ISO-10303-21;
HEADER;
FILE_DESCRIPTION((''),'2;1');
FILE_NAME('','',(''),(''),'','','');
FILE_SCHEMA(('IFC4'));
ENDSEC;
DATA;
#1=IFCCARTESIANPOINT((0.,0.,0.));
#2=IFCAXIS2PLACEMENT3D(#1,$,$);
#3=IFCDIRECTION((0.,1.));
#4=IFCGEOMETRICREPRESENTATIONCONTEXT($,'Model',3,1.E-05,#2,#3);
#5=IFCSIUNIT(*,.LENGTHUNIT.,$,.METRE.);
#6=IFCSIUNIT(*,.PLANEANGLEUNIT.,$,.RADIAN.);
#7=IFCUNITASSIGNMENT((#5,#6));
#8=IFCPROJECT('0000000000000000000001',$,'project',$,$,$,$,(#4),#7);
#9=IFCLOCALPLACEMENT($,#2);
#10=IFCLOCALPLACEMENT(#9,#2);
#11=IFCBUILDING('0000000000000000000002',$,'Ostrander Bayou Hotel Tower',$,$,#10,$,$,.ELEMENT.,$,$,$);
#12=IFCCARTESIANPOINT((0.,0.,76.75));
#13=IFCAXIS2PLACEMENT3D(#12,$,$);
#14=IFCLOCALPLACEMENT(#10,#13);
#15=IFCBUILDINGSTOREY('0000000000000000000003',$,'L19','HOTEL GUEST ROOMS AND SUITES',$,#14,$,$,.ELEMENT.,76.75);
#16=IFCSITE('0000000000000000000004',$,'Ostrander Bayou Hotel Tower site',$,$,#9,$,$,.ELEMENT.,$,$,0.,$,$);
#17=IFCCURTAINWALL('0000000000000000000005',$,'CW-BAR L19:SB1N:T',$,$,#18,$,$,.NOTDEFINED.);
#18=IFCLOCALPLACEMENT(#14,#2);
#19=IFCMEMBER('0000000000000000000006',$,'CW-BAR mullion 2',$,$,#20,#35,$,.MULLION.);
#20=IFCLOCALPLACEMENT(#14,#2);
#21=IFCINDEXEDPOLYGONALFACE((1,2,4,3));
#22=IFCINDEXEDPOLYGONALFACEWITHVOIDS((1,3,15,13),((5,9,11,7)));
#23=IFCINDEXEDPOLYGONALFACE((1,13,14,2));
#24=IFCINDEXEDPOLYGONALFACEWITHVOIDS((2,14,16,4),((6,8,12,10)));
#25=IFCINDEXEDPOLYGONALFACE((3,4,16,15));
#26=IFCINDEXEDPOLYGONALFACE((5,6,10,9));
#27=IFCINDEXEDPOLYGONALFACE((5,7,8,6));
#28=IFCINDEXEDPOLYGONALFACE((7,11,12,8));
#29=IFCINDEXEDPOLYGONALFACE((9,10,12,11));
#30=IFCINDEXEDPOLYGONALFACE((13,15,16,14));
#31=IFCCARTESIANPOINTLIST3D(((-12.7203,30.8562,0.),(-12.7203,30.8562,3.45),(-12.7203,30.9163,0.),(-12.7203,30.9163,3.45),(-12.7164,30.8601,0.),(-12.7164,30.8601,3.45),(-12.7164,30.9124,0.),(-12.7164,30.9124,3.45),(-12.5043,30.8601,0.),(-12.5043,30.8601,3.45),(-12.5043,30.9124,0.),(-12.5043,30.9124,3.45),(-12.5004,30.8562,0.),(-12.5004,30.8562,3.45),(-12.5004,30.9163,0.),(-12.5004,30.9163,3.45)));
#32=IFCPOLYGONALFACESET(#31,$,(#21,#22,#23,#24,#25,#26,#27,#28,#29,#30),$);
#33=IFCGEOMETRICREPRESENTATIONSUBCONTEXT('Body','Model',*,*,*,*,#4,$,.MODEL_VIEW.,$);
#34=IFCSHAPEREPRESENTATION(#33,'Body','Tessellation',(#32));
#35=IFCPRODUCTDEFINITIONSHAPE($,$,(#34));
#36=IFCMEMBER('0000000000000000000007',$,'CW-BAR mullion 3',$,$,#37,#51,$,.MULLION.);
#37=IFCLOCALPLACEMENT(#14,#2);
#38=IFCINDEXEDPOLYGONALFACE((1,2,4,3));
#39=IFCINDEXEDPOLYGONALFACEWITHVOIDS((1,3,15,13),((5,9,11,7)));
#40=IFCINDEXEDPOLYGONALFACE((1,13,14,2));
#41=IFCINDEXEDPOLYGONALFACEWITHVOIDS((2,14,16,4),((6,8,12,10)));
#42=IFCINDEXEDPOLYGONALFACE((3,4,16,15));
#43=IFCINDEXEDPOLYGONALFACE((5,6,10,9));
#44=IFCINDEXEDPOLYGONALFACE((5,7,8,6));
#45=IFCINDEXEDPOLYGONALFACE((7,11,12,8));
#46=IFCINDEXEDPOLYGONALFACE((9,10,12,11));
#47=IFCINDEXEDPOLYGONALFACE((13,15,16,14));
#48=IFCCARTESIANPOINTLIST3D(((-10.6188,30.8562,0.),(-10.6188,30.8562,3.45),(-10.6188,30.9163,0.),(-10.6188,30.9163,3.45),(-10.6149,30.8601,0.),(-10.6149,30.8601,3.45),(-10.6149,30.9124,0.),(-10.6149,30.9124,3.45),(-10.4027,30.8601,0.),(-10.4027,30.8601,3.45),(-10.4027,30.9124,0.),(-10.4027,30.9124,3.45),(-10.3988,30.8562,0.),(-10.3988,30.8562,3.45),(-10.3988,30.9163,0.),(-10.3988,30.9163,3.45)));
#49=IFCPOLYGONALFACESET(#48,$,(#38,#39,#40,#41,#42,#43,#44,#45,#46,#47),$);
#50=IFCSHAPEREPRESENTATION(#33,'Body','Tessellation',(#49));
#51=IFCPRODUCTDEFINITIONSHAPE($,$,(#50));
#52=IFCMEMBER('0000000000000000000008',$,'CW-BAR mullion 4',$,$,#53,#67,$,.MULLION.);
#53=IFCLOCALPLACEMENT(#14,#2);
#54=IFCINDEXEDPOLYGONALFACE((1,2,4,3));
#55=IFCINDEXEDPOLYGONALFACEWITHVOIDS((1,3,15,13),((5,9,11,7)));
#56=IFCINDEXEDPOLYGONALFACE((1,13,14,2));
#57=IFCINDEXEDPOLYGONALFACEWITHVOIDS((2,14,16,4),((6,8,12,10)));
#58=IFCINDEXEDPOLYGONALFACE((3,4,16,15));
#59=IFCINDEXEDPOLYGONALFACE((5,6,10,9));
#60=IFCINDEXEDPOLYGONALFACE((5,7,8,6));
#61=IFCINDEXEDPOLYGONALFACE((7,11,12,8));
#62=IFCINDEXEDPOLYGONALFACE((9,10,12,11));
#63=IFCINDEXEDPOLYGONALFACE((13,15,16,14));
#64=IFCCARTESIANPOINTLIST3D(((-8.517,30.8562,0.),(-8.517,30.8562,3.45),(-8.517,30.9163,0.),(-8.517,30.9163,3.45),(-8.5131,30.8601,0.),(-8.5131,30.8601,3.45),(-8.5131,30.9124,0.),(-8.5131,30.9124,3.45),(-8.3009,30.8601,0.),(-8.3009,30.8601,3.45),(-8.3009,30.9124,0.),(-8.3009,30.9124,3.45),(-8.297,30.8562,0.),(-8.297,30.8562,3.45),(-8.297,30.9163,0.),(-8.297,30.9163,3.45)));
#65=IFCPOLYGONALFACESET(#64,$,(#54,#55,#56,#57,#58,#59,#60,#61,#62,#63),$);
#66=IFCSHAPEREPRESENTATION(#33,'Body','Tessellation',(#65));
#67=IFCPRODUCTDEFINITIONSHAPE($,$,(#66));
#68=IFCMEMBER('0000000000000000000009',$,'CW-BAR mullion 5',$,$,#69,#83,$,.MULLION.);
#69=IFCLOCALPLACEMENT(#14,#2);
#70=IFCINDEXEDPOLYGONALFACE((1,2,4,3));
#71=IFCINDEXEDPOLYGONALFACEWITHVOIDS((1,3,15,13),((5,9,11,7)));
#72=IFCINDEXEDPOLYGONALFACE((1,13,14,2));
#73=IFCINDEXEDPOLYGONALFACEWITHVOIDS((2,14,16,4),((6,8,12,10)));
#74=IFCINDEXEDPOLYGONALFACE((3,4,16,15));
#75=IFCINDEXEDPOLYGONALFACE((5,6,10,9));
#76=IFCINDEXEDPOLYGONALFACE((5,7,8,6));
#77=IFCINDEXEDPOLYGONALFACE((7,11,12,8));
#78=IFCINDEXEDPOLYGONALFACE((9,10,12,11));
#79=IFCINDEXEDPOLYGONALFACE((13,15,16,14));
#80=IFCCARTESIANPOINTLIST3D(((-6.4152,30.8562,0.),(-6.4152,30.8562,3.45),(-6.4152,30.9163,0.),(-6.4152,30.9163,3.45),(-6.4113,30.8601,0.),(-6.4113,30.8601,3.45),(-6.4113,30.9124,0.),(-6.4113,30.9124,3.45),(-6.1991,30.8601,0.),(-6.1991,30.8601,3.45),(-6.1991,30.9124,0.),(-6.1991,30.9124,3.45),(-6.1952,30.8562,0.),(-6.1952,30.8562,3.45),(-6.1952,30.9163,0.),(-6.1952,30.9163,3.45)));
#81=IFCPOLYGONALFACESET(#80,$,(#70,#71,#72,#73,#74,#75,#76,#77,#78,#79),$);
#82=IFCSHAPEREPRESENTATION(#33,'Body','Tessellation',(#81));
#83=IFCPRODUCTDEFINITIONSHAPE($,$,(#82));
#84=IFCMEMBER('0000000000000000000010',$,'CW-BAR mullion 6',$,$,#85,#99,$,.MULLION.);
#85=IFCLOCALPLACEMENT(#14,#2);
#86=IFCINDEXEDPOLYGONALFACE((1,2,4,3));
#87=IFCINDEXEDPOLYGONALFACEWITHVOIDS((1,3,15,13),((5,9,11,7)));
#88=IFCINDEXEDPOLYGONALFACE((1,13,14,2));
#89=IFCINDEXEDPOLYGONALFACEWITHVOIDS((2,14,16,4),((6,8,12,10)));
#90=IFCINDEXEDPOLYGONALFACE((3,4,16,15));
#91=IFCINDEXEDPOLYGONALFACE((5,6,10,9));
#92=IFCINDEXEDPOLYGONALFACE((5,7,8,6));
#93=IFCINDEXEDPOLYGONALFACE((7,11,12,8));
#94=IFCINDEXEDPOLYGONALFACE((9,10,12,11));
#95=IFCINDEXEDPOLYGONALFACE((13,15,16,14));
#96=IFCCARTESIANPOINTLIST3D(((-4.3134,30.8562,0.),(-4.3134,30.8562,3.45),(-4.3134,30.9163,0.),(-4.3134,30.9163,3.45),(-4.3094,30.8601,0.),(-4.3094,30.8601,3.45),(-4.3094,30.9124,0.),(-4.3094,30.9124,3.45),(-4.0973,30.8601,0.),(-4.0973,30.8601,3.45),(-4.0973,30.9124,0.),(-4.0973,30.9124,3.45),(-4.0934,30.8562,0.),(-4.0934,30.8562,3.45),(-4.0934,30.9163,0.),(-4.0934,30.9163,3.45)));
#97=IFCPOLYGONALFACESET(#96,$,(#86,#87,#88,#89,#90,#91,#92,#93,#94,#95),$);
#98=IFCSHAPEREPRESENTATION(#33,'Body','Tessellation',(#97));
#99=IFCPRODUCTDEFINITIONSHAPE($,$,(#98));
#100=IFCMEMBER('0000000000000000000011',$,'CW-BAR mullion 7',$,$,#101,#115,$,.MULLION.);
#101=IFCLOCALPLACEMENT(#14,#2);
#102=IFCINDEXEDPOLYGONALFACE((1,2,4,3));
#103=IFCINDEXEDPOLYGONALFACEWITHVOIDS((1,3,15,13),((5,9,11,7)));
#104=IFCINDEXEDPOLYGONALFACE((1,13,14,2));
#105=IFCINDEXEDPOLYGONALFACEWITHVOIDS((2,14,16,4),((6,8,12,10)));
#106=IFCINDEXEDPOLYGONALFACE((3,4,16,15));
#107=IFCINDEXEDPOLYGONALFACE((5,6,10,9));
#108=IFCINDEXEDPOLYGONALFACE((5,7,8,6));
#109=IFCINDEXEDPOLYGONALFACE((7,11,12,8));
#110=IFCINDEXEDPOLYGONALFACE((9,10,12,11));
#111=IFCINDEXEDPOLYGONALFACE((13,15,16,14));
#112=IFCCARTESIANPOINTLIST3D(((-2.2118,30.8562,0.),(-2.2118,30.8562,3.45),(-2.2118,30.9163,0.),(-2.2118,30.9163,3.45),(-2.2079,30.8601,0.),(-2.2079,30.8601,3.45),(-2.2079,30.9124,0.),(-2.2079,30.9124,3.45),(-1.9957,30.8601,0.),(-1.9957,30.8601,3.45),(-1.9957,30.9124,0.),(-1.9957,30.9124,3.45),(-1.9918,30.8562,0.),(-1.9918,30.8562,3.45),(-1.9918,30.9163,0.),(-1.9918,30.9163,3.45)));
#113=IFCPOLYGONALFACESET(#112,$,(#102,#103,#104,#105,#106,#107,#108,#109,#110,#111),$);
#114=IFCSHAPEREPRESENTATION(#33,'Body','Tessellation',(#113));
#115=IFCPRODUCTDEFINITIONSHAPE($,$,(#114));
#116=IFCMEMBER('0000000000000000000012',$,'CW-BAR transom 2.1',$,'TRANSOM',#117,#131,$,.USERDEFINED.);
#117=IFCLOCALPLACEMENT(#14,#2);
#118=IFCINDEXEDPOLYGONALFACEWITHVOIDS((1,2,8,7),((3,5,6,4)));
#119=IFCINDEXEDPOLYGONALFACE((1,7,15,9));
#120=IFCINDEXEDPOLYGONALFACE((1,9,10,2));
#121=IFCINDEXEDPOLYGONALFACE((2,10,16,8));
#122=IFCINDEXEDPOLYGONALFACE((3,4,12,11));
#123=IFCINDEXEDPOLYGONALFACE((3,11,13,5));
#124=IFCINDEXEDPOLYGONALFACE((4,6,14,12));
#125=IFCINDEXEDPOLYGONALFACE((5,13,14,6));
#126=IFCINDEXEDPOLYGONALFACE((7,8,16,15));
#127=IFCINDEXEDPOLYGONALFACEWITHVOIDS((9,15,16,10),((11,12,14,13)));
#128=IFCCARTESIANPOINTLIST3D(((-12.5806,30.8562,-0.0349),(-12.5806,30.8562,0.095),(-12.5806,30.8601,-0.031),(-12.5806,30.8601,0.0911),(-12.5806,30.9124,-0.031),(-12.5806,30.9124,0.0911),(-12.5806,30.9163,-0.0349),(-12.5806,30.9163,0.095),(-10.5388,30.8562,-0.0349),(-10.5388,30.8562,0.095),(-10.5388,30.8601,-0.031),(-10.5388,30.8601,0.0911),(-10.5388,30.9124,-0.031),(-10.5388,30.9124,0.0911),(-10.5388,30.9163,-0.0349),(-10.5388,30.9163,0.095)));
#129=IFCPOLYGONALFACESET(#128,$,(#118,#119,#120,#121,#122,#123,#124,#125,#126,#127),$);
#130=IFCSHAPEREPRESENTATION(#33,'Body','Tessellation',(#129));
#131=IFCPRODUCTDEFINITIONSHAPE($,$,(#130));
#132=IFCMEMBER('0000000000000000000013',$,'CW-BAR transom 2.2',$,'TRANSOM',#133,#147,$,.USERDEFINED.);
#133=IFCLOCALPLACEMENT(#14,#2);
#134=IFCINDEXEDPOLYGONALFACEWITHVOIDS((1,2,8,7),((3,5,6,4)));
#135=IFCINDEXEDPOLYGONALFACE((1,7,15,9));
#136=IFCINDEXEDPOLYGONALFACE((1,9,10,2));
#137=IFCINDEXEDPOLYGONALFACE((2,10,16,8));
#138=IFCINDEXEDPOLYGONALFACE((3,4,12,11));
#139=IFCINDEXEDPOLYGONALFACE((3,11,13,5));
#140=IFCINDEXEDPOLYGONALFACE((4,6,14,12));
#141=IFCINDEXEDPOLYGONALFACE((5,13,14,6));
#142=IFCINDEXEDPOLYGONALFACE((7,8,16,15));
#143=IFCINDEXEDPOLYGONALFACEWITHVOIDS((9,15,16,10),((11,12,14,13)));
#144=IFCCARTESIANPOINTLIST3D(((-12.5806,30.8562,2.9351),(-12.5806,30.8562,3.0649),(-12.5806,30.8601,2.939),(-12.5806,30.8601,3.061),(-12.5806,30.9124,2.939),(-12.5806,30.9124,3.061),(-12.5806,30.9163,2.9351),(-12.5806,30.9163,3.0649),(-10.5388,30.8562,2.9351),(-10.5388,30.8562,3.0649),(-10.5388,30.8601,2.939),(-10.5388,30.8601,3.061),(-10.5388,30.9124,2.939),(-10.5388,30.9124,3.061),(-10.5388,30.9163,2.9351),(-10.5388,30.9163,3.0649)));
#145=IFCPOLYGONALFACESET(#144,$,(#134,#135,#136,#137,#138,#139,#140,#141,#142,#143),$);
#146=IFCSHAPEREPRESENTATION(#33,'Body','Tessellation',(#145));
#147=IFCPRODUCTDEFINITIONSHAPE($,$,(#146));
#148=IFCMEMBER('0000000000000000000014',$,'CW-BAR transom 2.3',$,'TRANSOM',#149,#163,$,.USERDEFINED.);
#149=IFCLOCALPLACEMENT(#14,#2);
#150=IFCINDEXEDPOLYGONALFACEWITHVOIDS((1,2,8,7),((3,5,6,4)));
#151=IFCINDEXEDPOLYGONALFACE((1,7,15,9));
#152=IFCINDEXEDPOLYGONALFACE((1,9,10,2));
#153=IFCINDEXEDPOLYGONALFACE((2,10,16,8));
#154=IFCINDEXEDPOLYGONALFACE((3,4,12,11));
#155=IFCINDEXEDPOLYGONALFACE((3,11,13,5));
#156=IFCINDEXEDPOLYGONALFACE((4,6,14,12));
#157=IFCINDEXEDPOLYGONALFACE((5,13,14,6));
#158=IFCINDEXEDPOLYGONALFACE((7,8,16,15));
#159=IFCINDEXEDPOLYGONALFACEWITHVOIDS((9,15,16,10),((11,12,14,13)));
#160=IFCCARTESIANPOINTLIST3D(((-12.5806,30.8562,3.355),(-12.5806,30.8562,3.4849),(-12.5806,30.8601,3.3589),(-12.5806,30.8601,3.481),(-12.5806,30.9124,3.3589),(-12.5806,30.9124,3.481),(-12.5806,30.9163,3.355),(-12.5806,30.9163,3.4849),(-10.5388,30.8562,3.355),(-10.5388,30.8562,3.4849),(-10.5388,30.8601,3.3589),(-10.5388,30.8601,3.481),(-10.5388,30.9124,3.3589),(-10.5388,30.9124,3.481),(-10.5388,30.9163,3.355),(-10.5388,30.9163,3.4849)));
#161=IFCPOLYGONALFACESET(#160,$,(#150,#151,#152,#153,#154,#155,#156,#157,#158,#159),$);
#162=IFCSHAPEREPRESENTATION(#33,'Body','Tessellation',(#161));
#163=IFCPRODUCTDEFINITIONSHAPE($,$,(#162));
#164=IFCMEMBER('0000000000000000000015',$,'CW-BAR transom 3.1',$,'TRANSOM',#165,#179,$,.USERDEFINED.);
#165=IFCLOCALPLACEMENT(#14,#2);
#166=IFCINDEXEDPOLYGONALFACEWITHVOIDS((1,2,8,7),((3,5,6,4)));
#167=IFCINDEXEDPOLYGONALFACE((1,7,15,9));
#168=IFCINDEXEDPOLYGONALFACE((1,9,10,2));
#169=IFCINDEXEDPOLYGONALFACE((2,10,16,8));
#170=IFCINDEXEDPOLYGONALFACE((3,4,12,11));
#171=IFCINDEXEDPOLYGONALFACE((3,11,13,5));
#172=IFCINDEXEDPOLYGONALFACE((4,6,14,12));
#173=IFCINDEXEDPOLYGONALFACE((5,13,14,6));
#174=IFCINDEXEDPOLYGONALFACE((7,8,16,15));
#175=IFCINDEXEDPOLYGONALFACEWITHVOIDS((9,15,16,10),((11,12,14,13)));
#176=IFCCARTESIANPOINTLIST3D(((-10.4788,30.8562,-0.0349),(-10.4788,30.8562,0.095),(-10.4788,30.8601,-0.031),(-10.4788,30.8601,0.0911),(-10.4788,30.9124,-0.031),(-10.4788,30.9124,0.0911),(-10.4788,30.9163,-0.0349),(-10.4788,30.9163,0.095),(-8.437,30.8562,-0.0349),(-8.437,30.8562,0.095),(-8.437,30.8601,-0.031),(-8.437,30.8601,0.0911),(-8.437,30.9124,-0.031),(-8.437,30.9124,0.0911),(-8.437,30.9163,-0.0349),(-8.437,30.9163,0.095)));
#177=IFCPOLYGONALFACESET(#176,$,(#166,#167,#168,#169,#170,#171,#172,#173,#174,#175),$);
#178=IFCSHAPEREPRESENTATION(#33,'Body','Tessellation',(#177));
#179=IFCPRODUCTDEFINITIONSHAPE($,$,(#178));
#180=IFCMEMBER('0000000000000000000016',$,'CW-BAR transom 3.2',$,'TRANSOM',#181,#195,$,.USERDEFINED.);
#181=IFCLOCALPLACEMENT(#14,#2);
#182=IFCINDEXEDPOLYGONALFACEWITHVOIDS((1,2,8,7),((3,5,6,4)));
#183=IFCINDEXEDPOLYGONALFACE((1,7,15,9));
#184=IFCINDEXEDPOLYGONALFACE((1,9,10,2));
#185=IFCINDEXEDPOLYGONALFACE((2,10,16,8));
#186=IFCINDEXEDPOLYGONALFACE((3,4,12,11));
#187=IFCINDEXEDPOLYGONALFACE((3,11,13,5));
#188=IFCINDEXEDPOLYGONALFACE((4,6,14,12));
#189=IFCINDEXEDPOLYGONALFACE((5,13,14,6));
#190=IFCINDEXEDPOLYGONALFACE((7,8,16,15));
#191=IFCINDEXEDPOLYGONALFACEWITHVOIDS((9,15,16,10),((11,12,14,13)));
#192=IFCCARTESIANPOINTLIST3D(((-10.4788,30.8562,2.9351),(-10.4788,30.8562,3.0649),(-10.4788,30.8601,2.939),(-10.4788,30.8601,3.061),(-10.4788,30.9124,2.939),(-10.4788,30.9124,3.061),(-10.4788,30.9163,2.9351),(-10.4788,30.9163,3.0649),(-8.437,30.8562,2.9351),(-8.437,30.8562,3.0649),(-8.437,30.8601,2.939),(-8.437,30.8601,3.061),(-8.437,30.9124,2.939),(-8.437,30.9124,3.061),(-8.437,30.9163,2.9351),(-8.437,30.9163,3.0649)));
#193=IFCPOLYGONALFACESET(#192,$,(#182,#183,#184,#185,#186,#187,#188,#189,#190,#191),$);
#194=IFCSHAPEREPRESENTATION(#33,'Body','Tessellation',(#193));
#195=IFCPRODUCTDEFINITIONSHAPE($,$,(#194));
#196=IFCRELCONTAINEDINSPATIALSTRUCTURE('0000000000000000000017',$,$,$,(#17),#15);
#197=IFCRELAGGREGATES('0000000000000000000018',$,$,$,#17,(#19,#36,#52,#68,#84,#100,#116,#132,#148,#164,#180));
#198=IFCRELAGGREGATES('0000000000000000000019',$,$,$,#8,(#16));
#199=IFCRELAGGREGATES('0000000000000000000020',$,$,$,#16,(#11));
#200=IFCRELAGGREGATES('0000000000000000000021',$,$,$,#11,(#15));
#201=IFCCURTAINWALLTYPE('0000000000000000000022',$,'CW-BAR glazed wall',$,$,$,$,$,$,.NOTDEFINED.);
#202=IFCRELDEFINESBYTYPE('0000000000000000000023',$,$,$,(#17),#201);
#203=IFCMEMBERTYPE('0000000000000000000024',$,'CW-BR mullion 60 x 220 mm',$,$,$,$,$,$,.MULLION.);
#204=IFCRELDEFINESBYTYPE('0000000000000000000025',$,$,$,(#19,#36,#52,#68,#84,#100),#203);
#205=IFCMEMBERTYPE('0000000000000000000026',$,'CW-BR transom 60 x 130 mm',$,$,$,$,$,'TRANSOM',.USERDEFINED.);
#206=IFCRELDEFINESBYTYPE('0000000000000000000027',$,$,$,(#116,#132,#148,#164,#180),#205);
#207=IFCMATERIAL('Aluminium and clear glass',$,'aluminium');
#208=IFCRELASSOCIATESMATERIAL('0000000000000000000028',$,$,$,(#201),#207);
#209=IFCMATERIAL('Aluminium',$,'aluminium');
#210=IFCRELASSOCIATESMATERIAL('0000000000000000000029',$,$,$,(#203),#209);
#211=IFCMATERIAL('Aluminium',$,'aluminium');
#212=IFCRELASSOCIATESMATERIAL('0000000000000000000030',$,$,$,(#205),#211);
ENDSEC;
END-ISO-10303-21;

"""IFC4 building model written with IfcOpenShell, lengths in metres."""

from ifc_helpers import new_model, si_unit, direction, frame, origin, origin_2d, place, context, subcontext, project, spatial, hollow_rectangle, extrude, material, material_profile, profile_set, type_object, element, aggregate, save


model = new_model("IFC4")

# Units and contexts
model_context = context("Model", 3, precision=1e-05, world=origin(), true_north=direction((0.0, 1.0)))
body_context = subcontext(model_context, "Body", "Model", "MODEL_VIEW")
ifc_project = project(units=[si_unit("LENGTHUNIT", "METRE"), si_unit("PLANEANGLEUNIT", "RADIAN")], contexts=[model_context])

# Site, building, storey
site_placement = place(None, origin())
site = spatial("IfcSite", under=ifc_project, at=site_placement, Name="Ostrander Bayou Hotel Tower site", CompositionType="ELEMENT", RefElevation=0.0)
building_placement = place(site_placement, origin())
building = spatial("IfcBuilding", under=site, at=building_placement, Name="Ostrander Bayou Hotel Tower", CompositionType="ELEMENT")
storey_placement = place(building_placement, frame((0.0, 0.0, 76.75)))
storey = spatial("IfcBuildingStorey", under=building, at=storey_placement, Name="L19", Description="HOTEL GUEST ROOMS AND SUITES", CompositionType="ELEMENT", Elevation=76.75)

# Curtain wall, members
ifc_material_1 = material(Name="Aluminium and clear glass", Category="aluminium")
curtain_wall_type = type_object("IfcCurtainWallType", Name="CW-BAR glazed wall", PredefinedType="NOTDEFINED", material=ifc_material_1)
curtain_wall_placement = place(storey_placement, origin())
curtain_wall = element("IfcCurtainWall", 1, at=curtain_wall_placement, inside=storey, type_object=curtain_wall_type, Name="CW-BAR L19:SB1N:T", PredefinedType="NOTDEFINED")
ifc_material_2 = material(Name="Aluminium", Category="aluminium")
ifc_material_profile_1 = material_profile(ifc_material_2, hollow_rectangle(XDim=0.0601, YDim=0.22, WallThickness=0.0039, at=origin_2d()))
ifc_profile_set_1 = profile_set([ifc_material_profile_1], Name="Aluminium")
member_type_1 = type_object("IfcMemberType", Name="CW-BR mullion 60 x 220 mm", PredefinedType="MULLION", material=ifc_profile_set_1)
member_1_placement = place(storey_placement, frame((-12.6104, 30.8862, 0.0), z_axis=(0.0, 0.0, 1.0), x_axis=(0.0, 1.0, 0.0)))
member_1 = element("IfcMember", 2, at=member_1_placement, type_object=member_type_1, Name="CW-BAR mullion 2", PredefinedType="MULLION", context=body_context, shape_type="SweptSolid", body=[
    extrude(hollow_rectangle(XDim=0.0601, YDim=0.22, WallThickness=0.0039, at=origin_2d()), origin(), (0.0, 0.0, 1.0), 3.45),
])
member_2_placement = place(storey_placement, frame((-10.5088, 30.8862, 0.0), z_axis=(0.0, 0.0, 1.0), x_axis=(0.0, 1.0, 0.0)))
member_2 = element("IfcMember", 3, at=member_2_placement, type_object=member_type_1, Name="CW-BAR mullion 3", PredefinedType="MULLION", context=body_context, shape_type="SweptSolid", body=[
    extrude(hollow_rectangle(XDim=0.0601, YDim=0.22, WallThickness=0.0039, at=origin_2d()), origin(), (0.0, 0.0, 1.0), 3.45),
])
member_3_placement = place(storey_placement, frame((-8.407, 30.8862, 0.0), z_axis=(0.0, 0.0, 1.0), x_axis=(0.0, 1.0, 0.0)))
member_3 = element("IfcMember", 4, at=member_3_placement, type_object=member_type_1, Name="CW-BAR mullion 4", PredefinedType="MULLION", context=body_context, shape_type="SweptSolid", body=[
    extrude(hollow_rectangle(XDim=0.0601, YDim=0.22, WallThickness=0.0039, at=origin_2d()), origin(), (0.0, 0.0, 1.0), 3.45),
])
member_4_placement = place(storey_placement, frame((-6.3052, 30.8862, 0.0), z_axis=(0.0, 0.0, 1.0), x_axis=(0.0, 1.0, 0.0)))
member_4 = element("IfcMember", 5, at=member_4_placement, type_object=member_type_1, Name="CW-BAR mullion 5", PredefinedType="MULLION", context=body_context, shape_type="SweptSolid", body=[
    extrude(hollow_rectangle(XDim=0.0601, YDim=0.22, WallThickness=0.0039, at=origin_2d()), origin(), (0.0, 0.0, 1.0), 3.45),
])
member_5_placement = place(storey_placement, frame((-4.2034, 30.8862, 0.0), z_axis=(0.0, 0.0, 1.0), x_axis=(0.0, 1.0, 0.0)))
member_5 = element("IfcMember", 6, at=member_5_placement, type_object=member_type_1, Name="CW-BAR mullion 6", PredefinedType="MULLION", context=body_context, shape_type="SweptSolid", body=[
    extrude(hollow_rectangle(XDim=0.0601, YDim=0.22, WallThickness=0.0039, at=origin_2d()), origin(), (0.0, 0.0, 1.0), 3.45),
])
member_6_placement = place(storey_placement, frame((-2.1018, 30.8862, 0.0), z_axis=(0.0, 0.0, 1.0), x_axis=(0.0, 1.0, 0.0)))
member_6 = element("IfcMember", 7, at=member_6_placement, type_object=member_type_1, Name="CW-BAR mullion 7", PredefinedType="MULLION", context=body_context, shape_type="SweptSolid", body=[
    extrude(hollow_rectangle(XDim=0.0601, YDim=0.22, WallThickness=0.0039, at=origin_2d()), origin(), (0.0, 0.0, 1.0), 3.45),
])
ifc_material_3 = material(Name="Aluminium", Category="aluminium")
ifc_material_profile_2 = material_profile(ifc_material_3, hollow_rectangle(XDim=0.0601, YDim=0.1299, WallThickness=0.0039, at=origin_2d()))
ifc_profile_set_2 = profile_set([ifc_material_profile_2], Name="Aluminium")
member_type_2 = type_object("IfcMemberType", Name="CW-BR transom 60 x 130 mm", ElementType="TRANSOM", PredefinedType="USERDEFINED", material=ifc_profile_set_2)
member_7_placement = place(storey_placement, frame((-12.5806, 30.8862, 0.03), z_axis=(1.0, 0.0, 0.0), x_axis=(0.0, 1.0, 0.0)))
member_7 = element("IfcMember", 8, at=member_7_placement, type_object=member_type_2, Name="CW-BAR transom 2.1", ObjectType="TRANSOM", PredefinedType="USERDEFINED", context=body_context, shape_type="SweptSolid", body=[
    extrude(hollow_rectangle(XDim=0.0601, YDim=0.1299, WallThickness=0.0039, at=origin_2d()), origin(), (0.0, 0.0, 1.0), 2.0417),
])
member_8_placement = place(storey_placement, frame((-12.5806, 30.8862, 3.0), z_axis=(1.0, 0.0, 0.0), x_axis=(0.0, 1.0, 0.0)))
member_8 = element("IfcMember", 9, at=member_8_placement, type_object=member_type_2, Name="CW-BAR transom 2.2", ObjectType="TRANSOM", PredefinedType="USERDEFINED", context=body_context, shape_type="SweptSolid", body=[
    extrude(hollow_rectangle(XDim=0.0601, YDim=0.1299, WallThickness=0.0039, at=origin_2d()), origin(), (0.0, 0.0, 1.0), 2.0417),
])
member_9_placement = place(storey_placement, frame((-12.5806, 30.8862, 3.4199), z_axis=(1.0, 0.0, 0.0), x_axis=(0.0, 1.0, 0.0)))
member_9 = element("IfcMember", 10, at=member_9_placement, type_object=member_type_2, Name="CW-BAR transom 2.3", ObjectType="TRANSOM", PredefinedType="USERDEFINED", context=body_context, shape_type="SweptSolid", body=[
    extrude(hollow_rectangle(XDim=0.0601, YDim=0.1299, WallThickness=0.0039, at=origin_2d()), origin(), (0.0, 0.0, 1.0), 2.0417),
])
member_10_placement = place(storey_placement, frame((-10.4788, 30.8862, 0.03), z_axis=(1.0, 0.0, 0.0), x_axis=(0.0, 1.0, 0.0)))
member_10 = element("IfcMember", 11, at=member_10_placement, type_object=member_type_2, Name="CW-BAR transom 3.1", ObjectType="TRANSOM", PredefinedType="USERDEFINED", context=body_context, shape_type="SweptSolid", body=[
    extrude(hollow_rectangle(XDim=0.0601, YDim=0.1299, WallThickness=0.0039, at=origin_2d()), origin(), (0.0, 0.0, 1.0), 2.0417),
])
member_11_placement = place(storey_placement, frame((-10.4788, 30.8862, 3.0), z_axis=(1.0, 0.0, 0.0), x_axis=(0.0, 1.0, 0.0)))
member_11 = element("IfcMember", 12, at=member_11_placement, type_object=member_type_2, Name="CW-BAR transom 3.2", ObjectType="TRANSOM", PredefinedType="USERDEFINED", context=body_context, shape_type="SweptSolid", body=[
    extrude(hollow_rectangle(XDim=0.0601, YDim=0.1299, WallThickness=0.0039, at=origin_2d()), origin(), (0.0, 0.0, 1.0), 2.0417),
])
aggregate(curtain_wall, [member_1, member_2, member_3, member_4, member_5, member_6, member_7, member_8, member_9, member_10, member_11])

save(model, "model.ifc")
